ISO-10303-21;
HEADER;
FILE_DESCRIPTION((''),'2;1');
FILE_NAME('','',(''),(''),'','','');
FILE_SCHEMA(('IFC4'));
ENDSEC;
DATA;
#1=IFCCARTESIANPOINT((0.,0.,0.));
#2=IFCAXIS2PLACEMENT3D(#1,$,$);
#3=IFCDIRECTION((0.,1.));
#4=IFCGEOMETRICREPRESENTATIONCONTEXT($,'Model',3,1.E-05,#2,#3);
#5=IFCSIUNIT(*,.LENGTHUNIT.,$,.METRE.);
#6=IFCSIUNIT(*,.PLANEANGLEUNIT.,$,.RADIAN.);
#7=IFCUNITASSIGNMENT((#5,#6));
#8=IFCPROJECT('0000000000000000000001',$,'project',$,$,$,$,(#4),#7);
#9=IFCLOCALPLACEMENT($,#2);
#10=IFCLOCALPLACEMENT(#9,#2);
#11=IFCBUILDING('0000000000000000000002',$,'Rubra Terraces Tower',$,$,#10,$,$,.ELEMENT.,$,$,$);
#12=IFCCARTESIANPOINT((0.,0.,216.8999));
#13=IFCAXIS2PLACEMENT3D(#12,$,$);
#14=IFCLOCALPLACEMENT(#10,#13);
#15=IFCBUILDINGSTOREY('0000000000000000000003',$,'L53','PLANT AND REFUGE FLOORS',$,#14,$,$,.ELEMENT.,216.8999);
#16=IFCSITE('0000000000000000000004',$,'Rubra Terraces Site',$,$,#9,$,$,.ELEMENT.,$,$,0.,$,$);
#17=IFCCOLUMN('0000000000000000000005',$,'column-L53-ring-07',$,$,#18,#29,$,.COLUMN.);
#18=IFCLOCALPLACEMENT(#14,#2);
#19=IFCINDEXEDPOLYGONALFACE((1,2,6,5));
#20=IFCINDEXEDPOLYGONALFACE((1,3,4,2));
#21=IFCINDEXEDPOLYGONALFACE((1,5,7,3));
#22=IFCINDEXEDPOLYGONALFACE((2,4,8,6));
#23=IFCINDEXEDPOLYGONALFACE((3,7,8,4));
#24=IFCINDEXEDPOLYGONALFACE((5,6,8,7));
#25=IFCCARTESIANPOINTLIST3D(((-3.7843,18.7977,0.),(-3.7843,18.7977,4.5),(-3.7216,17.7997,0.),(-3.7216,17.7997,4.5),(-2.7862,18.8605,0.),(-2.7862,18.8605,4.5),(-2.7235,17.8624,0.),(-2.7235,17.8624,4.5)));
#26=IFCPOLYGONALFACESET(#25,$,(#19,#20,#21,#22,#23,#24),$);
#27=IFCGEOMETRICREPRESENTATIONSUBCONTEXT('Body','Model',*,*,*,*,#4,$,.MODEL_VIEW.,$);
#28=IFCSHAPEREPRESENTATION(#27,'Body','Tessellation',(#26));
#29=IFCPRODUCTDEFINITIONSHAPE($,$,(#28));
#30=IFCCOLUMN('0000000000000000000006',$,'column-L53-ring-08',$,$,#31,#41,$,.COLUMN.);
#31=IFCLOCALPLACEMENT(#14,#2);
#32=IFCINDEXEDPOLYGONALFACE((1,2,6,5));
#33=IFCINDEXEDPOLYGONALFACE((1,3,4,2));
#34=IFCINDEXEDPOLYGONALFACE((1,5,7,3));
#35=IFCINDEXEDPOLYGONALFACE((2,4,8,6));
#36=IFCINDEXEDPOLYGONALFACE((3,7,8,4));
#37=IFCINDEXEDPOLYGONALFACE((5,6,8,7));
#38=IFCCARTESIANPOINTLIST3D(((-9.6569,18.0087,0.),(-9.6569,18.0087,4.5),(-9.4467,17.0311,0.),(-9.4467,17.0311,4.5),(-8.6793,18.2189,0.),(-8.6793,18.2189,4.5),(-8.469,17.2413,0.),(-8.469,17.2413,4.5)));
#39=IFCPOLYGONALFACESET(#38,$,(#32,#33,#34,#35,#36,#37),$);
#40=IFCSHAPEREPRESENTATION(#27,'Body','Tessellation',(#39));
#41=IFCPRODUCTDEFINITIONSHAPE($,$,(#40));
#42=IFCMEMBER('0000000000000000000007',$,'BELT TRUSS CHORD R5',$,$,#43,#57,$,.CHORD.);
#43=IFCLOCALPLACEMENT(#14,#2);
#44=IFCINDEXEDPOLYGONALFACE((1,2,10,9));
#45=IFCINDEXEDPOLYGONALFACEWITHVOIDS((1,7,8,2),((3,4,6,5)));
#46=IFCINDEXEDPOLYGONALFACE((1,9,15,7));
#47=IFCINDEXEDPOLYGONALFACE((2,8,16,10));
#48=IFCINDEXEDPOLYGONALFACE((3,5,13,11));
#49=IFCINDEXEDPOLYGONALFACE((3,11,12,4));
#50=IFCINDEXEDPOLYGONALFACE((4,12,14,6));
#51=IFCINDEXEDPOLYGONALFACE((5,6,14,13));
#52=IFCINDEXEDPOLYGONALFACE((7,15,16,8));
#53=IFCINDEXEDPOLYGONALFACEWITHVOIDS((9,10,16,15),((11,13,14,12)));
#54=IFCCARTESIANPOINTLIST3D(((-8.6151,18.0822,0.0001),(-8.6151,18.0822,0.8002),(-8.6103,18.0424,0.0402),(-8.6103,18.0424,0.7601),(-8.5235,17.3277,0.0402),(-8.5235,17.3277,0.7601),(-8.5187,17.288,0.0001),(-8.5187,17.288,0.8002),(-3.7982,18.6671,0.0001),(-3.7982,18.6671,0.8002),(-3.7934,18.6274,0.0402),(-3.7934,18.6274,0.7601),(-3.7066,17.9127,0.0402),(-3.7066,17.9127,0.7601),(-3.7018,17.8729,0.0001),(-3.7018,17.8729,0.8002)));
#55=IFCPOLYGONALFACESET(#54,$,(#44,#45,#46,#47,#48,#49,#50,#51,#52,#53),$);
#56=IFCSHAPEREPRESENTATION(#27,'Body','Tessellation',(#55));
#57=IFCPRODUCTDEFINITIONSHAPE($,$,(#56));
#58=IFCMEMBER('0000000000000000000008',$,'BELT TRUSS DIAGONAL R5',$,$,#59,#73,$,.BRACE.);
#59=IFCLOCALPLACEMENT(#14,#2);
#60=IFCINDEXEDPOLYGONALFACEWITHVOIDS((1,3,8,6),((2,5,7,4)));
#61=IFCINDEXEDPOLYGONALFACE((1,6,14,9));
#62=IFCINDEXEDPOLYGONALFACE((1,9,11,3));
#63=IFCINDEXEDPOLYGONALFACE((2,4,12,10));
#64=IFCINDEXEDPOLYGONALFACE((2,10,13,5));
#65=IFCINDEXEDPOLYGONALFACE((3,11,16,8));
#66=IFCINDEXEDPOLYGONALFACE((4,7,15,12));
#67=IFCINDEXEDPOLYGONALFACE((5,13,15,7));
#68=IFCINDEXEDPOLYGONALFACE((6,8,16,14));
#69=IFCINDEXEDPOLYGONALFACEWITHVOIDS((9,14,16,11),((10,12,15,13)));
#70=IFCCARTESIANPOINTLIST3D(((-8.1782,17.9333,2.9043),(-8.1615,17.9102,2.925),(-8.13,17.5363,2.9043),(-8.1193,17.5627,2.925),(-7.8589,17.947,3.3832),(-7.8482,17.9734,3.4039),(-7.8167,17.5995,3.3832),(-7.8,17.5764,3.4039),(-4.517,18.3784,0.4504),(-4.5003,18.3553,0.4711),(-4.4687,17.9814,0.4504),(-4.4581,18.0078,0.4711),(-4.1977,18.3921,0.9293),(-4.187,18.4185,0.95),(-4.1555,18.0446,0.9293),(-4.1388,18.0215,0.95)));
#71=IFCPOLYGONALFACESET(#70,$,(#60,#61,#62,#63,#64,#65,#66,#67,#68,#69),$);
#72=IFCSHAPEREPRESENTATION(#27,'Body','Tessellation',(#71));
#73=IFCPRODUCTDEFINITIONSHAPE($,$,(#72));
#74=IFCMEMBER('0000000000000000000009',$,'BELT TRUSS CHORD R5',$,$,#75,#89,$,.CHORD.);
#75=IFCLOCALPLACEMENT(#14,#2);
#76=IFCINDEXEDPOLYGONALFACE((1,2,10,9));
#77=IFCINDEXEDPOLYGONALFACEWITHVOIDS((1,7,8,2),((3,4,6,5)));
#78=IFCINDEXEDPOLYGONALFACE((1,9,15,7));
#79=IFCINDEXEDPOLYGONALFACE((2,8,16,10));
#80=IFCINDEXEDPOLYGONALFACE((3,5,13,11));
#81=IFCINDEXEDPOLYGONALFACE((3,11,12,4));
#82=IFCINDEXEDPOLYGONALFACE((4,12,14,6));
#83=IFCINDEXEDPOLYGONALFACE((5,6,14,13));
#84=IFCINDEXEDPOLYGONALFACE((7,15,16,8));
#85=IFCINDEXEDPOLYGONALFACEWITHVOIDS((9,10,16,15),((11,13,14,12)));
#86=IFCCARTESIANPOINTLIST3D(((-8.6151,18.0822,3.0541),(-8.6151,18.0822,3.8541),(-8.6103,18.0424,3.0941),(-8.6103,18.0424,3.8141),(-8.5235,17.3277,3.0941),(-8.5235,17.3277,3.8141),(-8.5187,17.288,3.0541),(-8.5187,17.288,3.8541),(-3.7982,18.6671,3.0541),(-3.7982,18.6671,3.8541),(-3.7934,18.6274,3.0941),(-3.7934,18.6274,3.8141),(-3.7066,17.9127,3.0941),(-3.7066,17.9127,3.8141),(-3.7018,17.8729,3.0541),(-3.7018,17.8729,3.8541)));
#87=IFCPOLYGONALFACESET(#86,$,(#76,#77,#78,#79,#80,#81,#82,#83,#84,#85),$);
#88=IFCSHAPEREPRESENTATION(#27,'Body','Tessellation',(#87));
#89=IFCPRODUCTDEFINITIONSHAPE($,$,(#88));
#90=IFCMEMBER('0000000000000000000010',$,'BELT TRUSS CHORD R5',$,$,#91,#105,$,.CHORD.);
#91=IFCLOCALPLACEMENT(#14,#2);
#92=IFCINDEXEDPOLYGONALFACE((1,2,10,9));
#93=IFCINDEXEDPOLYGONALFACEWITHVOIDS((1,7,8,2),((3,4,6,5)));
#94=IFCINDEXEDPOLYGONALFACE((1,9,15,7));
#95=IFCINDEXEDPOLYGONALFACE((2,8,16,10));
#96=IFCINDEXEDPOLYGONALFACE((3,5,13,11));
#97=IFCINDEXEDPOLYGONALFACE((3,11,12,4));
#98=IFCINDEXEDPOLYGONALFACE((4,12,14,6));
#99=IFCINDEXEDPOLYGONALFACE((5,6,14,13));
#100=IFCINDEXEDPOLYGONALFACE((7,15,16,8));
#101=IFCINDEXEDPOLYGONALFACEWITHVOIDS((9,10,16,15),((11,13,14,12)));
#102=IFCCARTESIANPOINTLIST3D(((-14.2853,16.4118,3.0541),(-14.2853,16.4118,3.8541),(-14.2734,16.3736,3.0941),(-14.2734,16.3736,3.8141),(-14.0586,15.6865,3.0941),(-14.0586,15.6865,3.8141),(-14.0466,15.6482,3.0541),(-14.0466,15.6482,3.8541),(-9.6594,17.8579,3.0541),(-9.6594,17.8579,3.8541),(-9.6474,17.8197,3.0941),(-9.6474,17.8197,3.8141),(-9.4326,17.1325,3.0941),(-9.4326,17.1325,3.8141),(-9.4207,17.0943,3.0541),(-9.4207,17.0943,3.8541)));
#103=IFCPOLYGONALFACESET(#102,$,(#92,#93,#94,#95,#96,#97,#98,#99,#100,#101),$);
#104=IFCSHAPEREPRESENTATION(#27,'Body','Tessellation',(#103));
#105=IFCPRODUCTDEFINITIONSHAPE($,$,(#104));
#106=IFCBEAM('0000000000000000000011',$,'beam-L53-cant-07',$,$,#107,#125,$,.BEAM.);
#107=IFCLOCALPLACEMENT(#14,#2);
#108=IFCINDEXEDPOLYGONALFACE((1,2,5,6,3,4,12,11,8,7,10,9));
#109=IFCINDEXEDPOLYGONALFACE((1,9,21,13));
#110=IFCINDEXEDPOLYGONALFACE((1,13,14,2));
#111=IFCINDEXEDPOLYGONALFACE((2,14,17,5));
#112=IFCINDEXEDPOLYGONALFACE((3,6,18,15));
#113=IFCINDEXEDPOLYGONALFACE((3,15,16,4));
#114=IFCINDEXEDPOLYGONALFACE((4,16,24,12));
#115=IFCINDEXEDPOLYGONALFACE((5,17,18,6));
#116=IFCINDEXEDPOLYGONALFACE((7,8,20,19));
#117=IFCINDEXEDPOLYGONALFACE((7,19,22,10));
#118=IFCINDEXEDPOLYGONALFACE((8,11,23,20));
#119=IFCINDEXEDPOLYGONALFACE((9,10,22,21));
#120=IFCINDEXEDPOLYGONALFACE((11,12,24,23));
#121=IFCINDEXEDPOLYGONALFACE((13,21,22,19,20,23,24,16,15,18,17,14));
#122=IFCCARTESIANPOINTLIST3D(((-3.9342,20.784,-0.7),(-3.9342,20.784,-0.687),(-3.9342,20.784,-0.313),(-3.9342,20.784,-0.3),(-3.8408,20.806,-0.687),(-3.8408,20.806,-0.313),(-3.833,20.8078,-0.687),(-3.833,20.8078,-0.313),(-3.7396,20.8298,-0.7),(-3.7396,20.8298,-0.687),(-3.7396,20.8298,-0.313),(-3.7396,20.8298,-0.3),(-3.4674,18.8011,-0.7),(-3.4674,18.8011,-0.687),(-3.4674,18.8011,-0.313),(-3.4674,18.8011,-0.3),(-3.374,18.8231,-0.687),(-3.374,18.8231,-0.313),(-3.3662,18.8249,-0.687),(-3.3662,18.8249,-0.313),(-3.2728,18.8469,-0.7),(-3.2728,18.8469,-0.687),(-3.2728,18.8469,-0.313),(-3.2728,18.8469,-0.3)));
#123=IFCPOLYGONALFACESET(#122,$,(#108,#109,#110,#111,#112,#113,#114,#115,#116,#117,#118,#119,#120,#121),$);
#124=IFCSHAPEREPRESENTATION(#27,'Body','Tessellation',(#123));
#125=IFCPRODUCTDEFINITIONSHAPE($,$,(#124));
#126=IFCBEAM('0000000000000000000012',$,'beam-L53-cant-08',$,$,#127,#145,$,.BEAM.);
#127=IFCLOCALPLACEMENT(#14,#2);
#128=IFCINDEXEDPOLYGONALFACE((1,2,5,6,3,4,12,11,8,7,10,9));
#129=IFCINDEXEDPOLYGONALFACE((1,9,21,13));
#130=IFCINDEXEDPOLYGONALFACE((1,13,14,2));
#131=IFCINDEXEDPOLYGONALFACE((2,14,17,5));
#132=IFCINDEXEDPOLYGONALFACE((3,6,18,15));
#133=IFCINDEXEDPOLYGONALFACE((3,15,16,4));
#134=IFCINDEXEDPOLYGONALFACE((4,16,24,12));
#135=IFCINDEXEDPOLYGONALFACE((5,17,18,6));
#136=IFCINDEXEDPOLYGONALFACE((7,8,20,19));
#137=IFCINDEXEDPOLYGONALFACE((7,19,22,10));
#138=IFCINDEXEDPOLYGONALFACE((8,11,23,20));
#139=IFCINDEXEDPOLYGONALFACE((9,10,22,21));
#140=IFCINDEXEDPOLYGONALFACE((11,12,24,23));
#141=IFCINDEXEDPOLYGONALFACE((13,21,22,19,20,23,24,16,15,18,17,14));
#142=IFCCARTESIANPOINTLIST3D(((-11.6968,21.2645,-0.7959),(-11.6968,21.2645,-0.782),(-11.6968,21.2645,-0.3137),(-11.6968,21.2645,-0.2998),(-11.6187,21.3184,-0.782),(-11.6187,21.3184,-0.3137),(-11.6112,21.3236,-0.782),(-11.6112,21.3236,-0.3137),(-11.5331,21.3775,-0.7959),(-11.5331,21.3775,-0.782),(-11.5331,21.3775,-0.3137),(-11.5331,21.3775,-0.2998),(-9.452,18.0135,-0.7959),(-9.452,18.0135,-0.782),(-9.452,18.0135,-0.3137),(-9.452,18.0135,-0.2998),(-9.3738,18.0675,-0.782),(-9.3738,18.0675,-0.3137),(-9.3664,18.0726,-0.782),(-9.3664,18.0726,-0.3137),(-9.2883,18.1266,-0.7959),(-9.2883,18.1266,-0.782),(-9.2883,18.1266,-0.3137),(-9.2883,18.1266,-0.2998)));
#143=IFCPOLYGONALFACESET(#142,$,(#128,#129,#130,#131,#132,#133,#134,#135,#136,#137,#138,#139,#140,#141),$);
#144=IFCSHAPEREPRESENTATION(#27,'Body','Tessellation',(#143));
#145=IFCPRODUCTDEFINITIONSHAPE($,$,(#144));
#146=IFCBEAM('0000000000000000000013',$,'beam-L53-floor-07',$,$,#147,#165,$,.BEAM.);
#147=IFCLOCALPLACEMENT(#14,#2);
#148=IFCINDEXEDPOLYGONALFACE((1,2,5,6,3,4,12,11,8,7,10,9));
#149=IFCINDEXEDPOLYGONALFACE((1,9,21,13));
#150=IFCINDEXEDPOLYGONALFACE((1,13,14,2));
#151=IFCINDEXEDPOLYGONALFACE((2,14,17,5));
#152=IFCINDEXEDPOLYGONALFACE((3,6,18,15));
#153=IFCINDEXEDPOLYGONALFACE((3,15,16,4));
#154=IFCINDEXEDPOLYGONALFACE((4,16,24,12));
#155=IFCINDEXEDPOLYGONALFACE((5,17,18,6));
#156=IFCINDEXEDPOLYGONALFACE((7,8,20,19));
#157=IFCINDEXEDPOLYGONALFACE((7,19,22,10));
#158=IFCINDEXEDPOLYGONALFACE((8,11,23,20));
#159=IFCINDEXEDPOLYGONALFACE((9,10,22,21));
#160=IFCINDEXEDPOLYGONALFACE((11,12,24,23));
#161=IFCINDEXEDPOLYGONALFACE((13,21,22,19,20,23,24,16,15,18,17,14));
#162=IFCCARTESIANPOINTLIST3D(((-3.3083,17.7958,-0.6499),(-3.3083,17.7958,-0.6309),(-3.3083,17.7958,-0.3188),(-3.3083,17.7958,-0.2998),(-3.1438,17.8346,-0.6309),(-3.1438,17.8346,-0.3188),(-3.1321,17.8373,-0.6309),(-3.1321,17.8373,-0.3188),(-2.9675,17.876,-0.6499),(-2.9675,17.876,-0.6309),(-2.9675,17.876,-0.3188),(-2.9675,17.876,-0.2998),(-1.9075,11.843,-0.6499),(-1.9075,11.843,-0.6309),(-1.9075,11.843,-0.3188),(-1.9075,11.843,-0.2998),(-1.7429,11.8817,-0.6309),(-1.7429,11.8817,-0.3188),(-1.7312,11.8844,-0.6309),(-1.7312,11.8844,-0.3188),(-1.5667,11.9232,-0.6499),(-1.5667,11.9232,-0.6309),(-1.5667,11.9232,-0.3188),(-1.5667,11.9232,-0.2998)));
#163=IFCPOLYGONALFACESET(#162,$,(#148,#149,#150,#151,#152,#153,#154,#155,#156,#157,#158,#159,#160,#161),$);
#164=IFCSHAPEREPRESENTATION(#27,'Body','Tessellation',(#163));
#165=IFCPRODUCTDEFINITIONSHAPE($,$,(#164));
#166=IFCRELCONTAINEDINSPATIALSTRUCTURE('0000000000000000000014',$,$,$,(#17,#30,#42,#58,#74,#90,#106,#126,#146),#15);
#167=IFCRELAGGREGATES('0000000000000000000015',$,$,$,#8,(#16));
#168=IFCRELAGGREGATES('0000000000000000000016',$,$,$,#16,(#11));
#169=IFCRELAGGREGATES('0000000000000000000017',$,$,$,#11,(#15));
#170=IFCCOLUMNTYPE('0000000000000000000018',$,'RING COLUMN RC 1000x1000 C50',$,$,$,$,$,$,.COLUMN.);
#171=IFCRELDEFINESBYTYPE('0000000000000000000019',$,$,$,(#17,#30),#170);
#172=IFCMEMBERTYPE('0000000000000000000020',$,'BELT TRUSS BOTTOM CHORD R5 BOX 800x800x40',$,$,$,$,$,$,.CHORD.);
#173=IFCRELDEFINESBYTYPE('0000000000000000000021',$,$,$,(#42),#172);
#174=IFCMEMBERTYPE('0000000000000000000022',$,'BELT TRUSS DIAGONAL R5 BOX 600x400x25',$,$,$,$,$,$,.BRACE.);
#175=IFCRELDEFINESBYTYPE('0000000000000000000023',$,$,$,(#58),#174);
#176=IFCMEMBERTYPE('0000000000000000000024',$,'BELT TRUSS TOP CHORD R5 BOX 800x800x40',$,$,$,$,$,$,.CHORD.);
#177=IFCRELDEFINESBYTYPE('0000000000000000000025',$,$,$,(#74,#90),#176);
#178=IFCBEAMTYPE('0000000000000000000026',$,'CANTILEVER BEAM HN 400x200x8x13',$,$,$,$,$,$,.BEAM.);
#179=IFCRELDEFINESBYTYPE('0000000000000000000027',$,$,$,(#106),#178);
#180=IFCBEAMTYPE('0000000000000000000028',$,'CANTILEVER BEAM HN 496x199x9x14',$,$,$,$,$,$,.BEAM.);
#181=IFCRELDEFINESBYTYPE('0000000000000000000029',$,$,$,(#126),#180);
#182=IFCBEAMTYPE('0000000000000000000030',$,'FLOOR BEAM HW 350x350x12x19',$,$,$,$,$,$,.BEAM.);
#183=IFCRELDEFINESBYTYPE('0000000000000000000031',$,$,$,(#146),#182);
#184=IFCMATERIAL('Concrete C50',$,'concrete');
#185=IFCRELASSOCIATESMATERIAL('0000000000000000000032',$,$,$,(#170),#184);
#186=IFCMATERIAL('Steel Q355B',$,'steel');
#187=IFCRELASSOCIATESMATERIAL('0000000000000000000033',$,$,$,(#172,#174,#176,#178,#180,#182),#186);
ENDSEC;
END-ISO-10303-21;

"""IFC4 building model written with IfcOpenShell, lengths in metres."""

from ifc_helpers import new_model, si_unit, direction, frame, origin, origin_2d, place, context, subcontext, project, spatial, rectangle, hollow_rectangle, i_section, extrude, material, material_profile, profile_set, type_object, element, save


model = new_model("IFC4")

# Units and contexts
model_context = context("Model", 3, precision=1e-05, world=origin(), true_north=direction((0.0, 1.0)))
body_context = subcontext(model_context, "Body", "Model", "MODEL_VIEW")
ifc_project = project(units=[si_unit("LENGTHUNIT", "METRE"), si_unit("PLANEANGLEUNIT", "RADIAN")], contexts=[model_context])

# Site, building, storey
site_placement = place(None, origin())
site = spatial("IfcSite", under=ifc_project, at=site_placement, Name="Rubra Terraces Site", CompositionType="ELEMENT", RefElevation=0.0)
building_placement = place(site_placement, origin())
building = spatial("IfcBuilding", under=site, at=building_placement, Name="Rubra Terraces Tower", CompositionType="ELEMENT")
storey_placement = place(building_placement, frame((0.0, 0.0, 216.8999)))
storey = spatial("IfcBuildingStorey", under=building, at=storey_placement, Name="L53", Description="PLANT AND REFUGE FLOORS", CompositionType="ELEMENT", Elevation=216.8999)

# Columns
ifc_material_1 = material(Name="Concrete C50", Category="concrete")
ifc_material_profile_1 = material_profile(ifc_material_1, rectangle(XDim=1.0, YDim=1.0, at=origin_2d()), Name="RC 1000x1000")
ifc_profile_set_1 = profile_set([ifc_material_profile_1], Name="Concrete C50")
column_type = type_object("IfcColumnType", Name="RING COLUMN RC 1000x1000 C50", PredefinedType="COLUMN", material=ifc_profile_set_1)
for number, where, z_axis, x_axis, name in (
    (1, (-3.2539, 18.3301, 0.0), (0.0, 0.0, 1.0), (-0.998032, -0.062714, 0.0), "column-L53-ring-07"),
    (2, (-9.063, 17.625, 0.0), (0.0, 0.0, 1.0), (-0.977653, -0.210227, 0.0), "column-L53-ring-08"),
):
    element("IfcColumn", number, at=place(storey_placement, frame(where, z_axis=z_axis, x_axis=x_axis)), inside=storey, type_object=column_type, Name=name, PredefinedType="COLUMN", context=body_context, shape_type="SweptSolid", body=[
        extrude(rectangle(XDim=1.0, YDim=1.0, at=origin_2d()), origin(), (0.0, 0.0, 1.0), 4.5),
    ])

# Members
ifc_material_2 = material(Name="Steel Q355B", Category="steel")
ifc_material_profile_2 = material_profile(ifc_material_2, hollow_rectangle(XDim=0.8, YDim=0.8, WallThickness=0.04, at=origin_2d()), Name="BOX 800x800x40")
ifc_profile_set_2 = profile_set([ifc_material_profile_2], Name="Steel Q355B")
member_type_1 = type_object("IfcMemberType", Name="BELT TRUSS BOTTOM CHORD R5 BOX 800x800x40", PredefinedType="CHORD", material=ifc_profile_set_2)
member_1_placement = place(storey_placement, frame((-3.75, 18.27, 0.4001), z_axis=(-0.992707, -0.120554, 0.0), x_axis=(0.120554, -0.992707, 0.0)))
element("IfcMember", 3, at=member_1_placement, inside=storey, type_object=member_type_1, Name="BELT TRUSS CHORD R5", PredefinedType="CHORD", context=body_context, shape_type="SweptSolid", body=[
    extrude(hollow_rectangle(XDim=0.8, YDim=0.8, WallThickness=0.04, at=origin_2d()), origin(), (0.0, 0.0, 1.0), 4.8523),
])
ifc_material_profile_3 = material_profile(ifc_material_2, hollow_rectangle(XDim=0.3999, YDim=0.6001, WallThickness=0.0249, at=origin_2d()), Name="BOX 600x400x25")
ifc_profile_set_3 = profile_set([ifc_material_profile_3], Name="Steel Q355B")
member_type_2 = type_object("IfcMemberType", Name="BELT TRUSS DIAGONAL R5 BOX 600x400x25", PredefinedType="BRACE", material=ifc_profile_set_3)
member_2_placement = place(storey_placement, frame((-4.3279, 18.2, 0.7002), z_axis=(-0.826472, -0.100471, 0.553939), x_axis=(0.120677, -0.992692, 0.0)))
element("IfcMember", 4, at=member_2_placement, inside=storey, type_object=member_type_2, Name="BELT TRUSS DIAGONAL R5", PredefinedType="BRACE", context=body_context, shape_type="SweptSolid", body=[
    extrude(hollow_rectangle(XDim=0.3999, YDim=0.6001, WallThickness=0.0249, at=origin_2d()), origin(), (0.0, 0.0, 1.0), 4.4299),
])
ifc_material_profile_4 = material_profile(ifc_material_2, hollow_rectangle(XDim=0.8, YDim=0.8, WallThickness=0.04, at=origin_2d()), Name="BOX 800x800x40")
ifc_profile_set_4 = profile_set([ifc_material_profile_4], Name="Steel Q355B")
member_type_3 = type_object("IfcMemberType", Name="BELT TRUSS TOP CHORD R5 BOX 800x800x40", PredefinedType="CHORD", material=ifc_profile_set_4)
member_3_placement = place(storey_placement, frame((-3.75, 18.27, 3.4541), z_axis=(-0.992707, -0.120554, 0.0), x_axis=(0.120554, -0.992707, 0.0)))
element("IfcMember", 5, at=member_3_placement, inside=storey, type_object=member_type_3, Name="BELT TRUSS CHORD R5", PredefinedType="CHORD", context=body_context, shape_type="SweptSolid", body=[
    extrude(hollow_rectangle(XDim=0.8, YDim=0.8, WallThickness=0.04, at=origin_2d()), origin(), (0.0, 0.0, 1.0), 4.8523),
])
member_4_placement = place(storey_placement, frame((-9.54, 17.4761, 3.4541), z_axis=(-0.954455, -0.298355, 0.0), x_axis=(0.298355, -0.954455, 0.0)))
element("IfcMember", 6, at=member_4_placement, inside=storey, type_object=member_type_3, Name="BELT TRUSS CHORD R5", PredefinedType="CHORD", context=body_context, shape_type="SweptSolid", body=[
    extrude(hollow_rectangle(XDim=0.8, YDim=0.8, WallThickness=0.04, at=origin_2d()), origin(), (0.0, 0.0, 1.0), 4.8467),
])

# Beams
ifc_material_profile_5 = material_profile(ifc_material_2, i_section(OverallWidth=0.2, OverallDepth=0.3999, WebThickness=0.0081, FlangeThickness=0.0129, at=origin_2d()), Name="HN 400x200x8x13")
ifc_profile_set_5 = profile_set([ifc_material_profile_5], Name="Steel Q355B")
beam_type_1 = type_object("IfcBeamType", Name="CANTILEVER BEAM HN 400x200x8x13", PredefinedType="BEAM", material=ifc_profile_set_5)
beam_1_placement = place(storey_placement, frame((-3.3701, 18.824, -0.5), z_axis=(-0.229146, 0.973392, 0.0), x_axis=(-0.973392, -0.229146, 0.0)))
element("IfcBeam", 7, at=beam_1_placement, inside=storey, type_object=beam_type_1, Name="beam-L53-cant-07", PredefinedType="BEAM", context=body_context, shape_type="SweptSolid", body=[
    extrude(i_section(OverallWidth=0.2, OverallDepth=0.3999, WebThickness=0.0081, FlangeThickness=0.0129, at=origin_2d()), origin(), (0.0, 0.0, 1.0), 2.0371),
])
ifc_material_profile_6 = material_profile(ifc_material_2, i_section(OverallWidth=0.199, OverallDepth=0.4961, WebThickness=0.009, FlangeThickness=0.0139, at=origin_2d()), Name="HN 496x199x9x14")
ifc_profile_set_6 = profile_set([ifc_material_profile_6], Name="Steel Q355B")
beam_type_2 = type_object("IfcBeamType", Name="CANTILEVER BEAM HN 496x199x9x14", PredefinedType="BEAM", material=ifc_profile_set_6)
beam_2_placement = place(storey_placement, frame((-9.3701, 18.0701, -0.5479), z_axis=(-0.568217, 0.822879, 0.0), x_axis=(-0.822879, -0.568217, 0.0)))
element("IfcBeam", 8, at=beam_2_placement, inside=storey, type_object=beam_type_2, Name="beam-L53-cant-08", PredefinedType="BEAM", context=body_context, shape_type="SweptSolid", body=[
    extrude(i_section(OverallWidth=0.199, OverallDepth=0.4961, WebThickness=0.009, FlangeThickness=0.0139, at=origin_2d()), origin(), (0.0, 0.0, 1.0), 3.9507),
])
ifc_material_profile_7 = material_profile(ifc_material_2, i_section(OverallWidth=0.3501, OverallDepth=0.3501, WebThickness=0.012, FlangeThickness=0.019, at=origin_2d()), Name="HW 350x350x12x19")
ifc_profile_set_7 = profile_set([ifc_material_profile_7], Name="Steel Q355B")
beam_type_3 = type_object("IfcBeamType", Name="FLOOR BEAM HW 350x350x12x19", PredefinedType="BEAM", material=ifc_profile_set_7)
beam_3_placement = place(storey_placement, frame((-3.1379, 17.8359, -0.4749), z_axis=(0.22907, -0.97341, 0.0), x_axis=(0.97341, 0.22907, 0.0)))
element("IfcBeam", 9, at=beam_3_placement, inside=storey, type_object=beam_type_3, Name="beam-L53-floor-07", PredefinedType="BEAM", context=body_context, shape_type="SweptSolid", body=[
    extrude(i_section(OverallWidth=0.3501, OverallDepth=0.3501, WebThickness=0.012, FlangeThickness=0.019, at=origin_2d()), origin(), (0.0, 0.0, 1.0), 6.1155),
])

save(model, "model.ifc")
